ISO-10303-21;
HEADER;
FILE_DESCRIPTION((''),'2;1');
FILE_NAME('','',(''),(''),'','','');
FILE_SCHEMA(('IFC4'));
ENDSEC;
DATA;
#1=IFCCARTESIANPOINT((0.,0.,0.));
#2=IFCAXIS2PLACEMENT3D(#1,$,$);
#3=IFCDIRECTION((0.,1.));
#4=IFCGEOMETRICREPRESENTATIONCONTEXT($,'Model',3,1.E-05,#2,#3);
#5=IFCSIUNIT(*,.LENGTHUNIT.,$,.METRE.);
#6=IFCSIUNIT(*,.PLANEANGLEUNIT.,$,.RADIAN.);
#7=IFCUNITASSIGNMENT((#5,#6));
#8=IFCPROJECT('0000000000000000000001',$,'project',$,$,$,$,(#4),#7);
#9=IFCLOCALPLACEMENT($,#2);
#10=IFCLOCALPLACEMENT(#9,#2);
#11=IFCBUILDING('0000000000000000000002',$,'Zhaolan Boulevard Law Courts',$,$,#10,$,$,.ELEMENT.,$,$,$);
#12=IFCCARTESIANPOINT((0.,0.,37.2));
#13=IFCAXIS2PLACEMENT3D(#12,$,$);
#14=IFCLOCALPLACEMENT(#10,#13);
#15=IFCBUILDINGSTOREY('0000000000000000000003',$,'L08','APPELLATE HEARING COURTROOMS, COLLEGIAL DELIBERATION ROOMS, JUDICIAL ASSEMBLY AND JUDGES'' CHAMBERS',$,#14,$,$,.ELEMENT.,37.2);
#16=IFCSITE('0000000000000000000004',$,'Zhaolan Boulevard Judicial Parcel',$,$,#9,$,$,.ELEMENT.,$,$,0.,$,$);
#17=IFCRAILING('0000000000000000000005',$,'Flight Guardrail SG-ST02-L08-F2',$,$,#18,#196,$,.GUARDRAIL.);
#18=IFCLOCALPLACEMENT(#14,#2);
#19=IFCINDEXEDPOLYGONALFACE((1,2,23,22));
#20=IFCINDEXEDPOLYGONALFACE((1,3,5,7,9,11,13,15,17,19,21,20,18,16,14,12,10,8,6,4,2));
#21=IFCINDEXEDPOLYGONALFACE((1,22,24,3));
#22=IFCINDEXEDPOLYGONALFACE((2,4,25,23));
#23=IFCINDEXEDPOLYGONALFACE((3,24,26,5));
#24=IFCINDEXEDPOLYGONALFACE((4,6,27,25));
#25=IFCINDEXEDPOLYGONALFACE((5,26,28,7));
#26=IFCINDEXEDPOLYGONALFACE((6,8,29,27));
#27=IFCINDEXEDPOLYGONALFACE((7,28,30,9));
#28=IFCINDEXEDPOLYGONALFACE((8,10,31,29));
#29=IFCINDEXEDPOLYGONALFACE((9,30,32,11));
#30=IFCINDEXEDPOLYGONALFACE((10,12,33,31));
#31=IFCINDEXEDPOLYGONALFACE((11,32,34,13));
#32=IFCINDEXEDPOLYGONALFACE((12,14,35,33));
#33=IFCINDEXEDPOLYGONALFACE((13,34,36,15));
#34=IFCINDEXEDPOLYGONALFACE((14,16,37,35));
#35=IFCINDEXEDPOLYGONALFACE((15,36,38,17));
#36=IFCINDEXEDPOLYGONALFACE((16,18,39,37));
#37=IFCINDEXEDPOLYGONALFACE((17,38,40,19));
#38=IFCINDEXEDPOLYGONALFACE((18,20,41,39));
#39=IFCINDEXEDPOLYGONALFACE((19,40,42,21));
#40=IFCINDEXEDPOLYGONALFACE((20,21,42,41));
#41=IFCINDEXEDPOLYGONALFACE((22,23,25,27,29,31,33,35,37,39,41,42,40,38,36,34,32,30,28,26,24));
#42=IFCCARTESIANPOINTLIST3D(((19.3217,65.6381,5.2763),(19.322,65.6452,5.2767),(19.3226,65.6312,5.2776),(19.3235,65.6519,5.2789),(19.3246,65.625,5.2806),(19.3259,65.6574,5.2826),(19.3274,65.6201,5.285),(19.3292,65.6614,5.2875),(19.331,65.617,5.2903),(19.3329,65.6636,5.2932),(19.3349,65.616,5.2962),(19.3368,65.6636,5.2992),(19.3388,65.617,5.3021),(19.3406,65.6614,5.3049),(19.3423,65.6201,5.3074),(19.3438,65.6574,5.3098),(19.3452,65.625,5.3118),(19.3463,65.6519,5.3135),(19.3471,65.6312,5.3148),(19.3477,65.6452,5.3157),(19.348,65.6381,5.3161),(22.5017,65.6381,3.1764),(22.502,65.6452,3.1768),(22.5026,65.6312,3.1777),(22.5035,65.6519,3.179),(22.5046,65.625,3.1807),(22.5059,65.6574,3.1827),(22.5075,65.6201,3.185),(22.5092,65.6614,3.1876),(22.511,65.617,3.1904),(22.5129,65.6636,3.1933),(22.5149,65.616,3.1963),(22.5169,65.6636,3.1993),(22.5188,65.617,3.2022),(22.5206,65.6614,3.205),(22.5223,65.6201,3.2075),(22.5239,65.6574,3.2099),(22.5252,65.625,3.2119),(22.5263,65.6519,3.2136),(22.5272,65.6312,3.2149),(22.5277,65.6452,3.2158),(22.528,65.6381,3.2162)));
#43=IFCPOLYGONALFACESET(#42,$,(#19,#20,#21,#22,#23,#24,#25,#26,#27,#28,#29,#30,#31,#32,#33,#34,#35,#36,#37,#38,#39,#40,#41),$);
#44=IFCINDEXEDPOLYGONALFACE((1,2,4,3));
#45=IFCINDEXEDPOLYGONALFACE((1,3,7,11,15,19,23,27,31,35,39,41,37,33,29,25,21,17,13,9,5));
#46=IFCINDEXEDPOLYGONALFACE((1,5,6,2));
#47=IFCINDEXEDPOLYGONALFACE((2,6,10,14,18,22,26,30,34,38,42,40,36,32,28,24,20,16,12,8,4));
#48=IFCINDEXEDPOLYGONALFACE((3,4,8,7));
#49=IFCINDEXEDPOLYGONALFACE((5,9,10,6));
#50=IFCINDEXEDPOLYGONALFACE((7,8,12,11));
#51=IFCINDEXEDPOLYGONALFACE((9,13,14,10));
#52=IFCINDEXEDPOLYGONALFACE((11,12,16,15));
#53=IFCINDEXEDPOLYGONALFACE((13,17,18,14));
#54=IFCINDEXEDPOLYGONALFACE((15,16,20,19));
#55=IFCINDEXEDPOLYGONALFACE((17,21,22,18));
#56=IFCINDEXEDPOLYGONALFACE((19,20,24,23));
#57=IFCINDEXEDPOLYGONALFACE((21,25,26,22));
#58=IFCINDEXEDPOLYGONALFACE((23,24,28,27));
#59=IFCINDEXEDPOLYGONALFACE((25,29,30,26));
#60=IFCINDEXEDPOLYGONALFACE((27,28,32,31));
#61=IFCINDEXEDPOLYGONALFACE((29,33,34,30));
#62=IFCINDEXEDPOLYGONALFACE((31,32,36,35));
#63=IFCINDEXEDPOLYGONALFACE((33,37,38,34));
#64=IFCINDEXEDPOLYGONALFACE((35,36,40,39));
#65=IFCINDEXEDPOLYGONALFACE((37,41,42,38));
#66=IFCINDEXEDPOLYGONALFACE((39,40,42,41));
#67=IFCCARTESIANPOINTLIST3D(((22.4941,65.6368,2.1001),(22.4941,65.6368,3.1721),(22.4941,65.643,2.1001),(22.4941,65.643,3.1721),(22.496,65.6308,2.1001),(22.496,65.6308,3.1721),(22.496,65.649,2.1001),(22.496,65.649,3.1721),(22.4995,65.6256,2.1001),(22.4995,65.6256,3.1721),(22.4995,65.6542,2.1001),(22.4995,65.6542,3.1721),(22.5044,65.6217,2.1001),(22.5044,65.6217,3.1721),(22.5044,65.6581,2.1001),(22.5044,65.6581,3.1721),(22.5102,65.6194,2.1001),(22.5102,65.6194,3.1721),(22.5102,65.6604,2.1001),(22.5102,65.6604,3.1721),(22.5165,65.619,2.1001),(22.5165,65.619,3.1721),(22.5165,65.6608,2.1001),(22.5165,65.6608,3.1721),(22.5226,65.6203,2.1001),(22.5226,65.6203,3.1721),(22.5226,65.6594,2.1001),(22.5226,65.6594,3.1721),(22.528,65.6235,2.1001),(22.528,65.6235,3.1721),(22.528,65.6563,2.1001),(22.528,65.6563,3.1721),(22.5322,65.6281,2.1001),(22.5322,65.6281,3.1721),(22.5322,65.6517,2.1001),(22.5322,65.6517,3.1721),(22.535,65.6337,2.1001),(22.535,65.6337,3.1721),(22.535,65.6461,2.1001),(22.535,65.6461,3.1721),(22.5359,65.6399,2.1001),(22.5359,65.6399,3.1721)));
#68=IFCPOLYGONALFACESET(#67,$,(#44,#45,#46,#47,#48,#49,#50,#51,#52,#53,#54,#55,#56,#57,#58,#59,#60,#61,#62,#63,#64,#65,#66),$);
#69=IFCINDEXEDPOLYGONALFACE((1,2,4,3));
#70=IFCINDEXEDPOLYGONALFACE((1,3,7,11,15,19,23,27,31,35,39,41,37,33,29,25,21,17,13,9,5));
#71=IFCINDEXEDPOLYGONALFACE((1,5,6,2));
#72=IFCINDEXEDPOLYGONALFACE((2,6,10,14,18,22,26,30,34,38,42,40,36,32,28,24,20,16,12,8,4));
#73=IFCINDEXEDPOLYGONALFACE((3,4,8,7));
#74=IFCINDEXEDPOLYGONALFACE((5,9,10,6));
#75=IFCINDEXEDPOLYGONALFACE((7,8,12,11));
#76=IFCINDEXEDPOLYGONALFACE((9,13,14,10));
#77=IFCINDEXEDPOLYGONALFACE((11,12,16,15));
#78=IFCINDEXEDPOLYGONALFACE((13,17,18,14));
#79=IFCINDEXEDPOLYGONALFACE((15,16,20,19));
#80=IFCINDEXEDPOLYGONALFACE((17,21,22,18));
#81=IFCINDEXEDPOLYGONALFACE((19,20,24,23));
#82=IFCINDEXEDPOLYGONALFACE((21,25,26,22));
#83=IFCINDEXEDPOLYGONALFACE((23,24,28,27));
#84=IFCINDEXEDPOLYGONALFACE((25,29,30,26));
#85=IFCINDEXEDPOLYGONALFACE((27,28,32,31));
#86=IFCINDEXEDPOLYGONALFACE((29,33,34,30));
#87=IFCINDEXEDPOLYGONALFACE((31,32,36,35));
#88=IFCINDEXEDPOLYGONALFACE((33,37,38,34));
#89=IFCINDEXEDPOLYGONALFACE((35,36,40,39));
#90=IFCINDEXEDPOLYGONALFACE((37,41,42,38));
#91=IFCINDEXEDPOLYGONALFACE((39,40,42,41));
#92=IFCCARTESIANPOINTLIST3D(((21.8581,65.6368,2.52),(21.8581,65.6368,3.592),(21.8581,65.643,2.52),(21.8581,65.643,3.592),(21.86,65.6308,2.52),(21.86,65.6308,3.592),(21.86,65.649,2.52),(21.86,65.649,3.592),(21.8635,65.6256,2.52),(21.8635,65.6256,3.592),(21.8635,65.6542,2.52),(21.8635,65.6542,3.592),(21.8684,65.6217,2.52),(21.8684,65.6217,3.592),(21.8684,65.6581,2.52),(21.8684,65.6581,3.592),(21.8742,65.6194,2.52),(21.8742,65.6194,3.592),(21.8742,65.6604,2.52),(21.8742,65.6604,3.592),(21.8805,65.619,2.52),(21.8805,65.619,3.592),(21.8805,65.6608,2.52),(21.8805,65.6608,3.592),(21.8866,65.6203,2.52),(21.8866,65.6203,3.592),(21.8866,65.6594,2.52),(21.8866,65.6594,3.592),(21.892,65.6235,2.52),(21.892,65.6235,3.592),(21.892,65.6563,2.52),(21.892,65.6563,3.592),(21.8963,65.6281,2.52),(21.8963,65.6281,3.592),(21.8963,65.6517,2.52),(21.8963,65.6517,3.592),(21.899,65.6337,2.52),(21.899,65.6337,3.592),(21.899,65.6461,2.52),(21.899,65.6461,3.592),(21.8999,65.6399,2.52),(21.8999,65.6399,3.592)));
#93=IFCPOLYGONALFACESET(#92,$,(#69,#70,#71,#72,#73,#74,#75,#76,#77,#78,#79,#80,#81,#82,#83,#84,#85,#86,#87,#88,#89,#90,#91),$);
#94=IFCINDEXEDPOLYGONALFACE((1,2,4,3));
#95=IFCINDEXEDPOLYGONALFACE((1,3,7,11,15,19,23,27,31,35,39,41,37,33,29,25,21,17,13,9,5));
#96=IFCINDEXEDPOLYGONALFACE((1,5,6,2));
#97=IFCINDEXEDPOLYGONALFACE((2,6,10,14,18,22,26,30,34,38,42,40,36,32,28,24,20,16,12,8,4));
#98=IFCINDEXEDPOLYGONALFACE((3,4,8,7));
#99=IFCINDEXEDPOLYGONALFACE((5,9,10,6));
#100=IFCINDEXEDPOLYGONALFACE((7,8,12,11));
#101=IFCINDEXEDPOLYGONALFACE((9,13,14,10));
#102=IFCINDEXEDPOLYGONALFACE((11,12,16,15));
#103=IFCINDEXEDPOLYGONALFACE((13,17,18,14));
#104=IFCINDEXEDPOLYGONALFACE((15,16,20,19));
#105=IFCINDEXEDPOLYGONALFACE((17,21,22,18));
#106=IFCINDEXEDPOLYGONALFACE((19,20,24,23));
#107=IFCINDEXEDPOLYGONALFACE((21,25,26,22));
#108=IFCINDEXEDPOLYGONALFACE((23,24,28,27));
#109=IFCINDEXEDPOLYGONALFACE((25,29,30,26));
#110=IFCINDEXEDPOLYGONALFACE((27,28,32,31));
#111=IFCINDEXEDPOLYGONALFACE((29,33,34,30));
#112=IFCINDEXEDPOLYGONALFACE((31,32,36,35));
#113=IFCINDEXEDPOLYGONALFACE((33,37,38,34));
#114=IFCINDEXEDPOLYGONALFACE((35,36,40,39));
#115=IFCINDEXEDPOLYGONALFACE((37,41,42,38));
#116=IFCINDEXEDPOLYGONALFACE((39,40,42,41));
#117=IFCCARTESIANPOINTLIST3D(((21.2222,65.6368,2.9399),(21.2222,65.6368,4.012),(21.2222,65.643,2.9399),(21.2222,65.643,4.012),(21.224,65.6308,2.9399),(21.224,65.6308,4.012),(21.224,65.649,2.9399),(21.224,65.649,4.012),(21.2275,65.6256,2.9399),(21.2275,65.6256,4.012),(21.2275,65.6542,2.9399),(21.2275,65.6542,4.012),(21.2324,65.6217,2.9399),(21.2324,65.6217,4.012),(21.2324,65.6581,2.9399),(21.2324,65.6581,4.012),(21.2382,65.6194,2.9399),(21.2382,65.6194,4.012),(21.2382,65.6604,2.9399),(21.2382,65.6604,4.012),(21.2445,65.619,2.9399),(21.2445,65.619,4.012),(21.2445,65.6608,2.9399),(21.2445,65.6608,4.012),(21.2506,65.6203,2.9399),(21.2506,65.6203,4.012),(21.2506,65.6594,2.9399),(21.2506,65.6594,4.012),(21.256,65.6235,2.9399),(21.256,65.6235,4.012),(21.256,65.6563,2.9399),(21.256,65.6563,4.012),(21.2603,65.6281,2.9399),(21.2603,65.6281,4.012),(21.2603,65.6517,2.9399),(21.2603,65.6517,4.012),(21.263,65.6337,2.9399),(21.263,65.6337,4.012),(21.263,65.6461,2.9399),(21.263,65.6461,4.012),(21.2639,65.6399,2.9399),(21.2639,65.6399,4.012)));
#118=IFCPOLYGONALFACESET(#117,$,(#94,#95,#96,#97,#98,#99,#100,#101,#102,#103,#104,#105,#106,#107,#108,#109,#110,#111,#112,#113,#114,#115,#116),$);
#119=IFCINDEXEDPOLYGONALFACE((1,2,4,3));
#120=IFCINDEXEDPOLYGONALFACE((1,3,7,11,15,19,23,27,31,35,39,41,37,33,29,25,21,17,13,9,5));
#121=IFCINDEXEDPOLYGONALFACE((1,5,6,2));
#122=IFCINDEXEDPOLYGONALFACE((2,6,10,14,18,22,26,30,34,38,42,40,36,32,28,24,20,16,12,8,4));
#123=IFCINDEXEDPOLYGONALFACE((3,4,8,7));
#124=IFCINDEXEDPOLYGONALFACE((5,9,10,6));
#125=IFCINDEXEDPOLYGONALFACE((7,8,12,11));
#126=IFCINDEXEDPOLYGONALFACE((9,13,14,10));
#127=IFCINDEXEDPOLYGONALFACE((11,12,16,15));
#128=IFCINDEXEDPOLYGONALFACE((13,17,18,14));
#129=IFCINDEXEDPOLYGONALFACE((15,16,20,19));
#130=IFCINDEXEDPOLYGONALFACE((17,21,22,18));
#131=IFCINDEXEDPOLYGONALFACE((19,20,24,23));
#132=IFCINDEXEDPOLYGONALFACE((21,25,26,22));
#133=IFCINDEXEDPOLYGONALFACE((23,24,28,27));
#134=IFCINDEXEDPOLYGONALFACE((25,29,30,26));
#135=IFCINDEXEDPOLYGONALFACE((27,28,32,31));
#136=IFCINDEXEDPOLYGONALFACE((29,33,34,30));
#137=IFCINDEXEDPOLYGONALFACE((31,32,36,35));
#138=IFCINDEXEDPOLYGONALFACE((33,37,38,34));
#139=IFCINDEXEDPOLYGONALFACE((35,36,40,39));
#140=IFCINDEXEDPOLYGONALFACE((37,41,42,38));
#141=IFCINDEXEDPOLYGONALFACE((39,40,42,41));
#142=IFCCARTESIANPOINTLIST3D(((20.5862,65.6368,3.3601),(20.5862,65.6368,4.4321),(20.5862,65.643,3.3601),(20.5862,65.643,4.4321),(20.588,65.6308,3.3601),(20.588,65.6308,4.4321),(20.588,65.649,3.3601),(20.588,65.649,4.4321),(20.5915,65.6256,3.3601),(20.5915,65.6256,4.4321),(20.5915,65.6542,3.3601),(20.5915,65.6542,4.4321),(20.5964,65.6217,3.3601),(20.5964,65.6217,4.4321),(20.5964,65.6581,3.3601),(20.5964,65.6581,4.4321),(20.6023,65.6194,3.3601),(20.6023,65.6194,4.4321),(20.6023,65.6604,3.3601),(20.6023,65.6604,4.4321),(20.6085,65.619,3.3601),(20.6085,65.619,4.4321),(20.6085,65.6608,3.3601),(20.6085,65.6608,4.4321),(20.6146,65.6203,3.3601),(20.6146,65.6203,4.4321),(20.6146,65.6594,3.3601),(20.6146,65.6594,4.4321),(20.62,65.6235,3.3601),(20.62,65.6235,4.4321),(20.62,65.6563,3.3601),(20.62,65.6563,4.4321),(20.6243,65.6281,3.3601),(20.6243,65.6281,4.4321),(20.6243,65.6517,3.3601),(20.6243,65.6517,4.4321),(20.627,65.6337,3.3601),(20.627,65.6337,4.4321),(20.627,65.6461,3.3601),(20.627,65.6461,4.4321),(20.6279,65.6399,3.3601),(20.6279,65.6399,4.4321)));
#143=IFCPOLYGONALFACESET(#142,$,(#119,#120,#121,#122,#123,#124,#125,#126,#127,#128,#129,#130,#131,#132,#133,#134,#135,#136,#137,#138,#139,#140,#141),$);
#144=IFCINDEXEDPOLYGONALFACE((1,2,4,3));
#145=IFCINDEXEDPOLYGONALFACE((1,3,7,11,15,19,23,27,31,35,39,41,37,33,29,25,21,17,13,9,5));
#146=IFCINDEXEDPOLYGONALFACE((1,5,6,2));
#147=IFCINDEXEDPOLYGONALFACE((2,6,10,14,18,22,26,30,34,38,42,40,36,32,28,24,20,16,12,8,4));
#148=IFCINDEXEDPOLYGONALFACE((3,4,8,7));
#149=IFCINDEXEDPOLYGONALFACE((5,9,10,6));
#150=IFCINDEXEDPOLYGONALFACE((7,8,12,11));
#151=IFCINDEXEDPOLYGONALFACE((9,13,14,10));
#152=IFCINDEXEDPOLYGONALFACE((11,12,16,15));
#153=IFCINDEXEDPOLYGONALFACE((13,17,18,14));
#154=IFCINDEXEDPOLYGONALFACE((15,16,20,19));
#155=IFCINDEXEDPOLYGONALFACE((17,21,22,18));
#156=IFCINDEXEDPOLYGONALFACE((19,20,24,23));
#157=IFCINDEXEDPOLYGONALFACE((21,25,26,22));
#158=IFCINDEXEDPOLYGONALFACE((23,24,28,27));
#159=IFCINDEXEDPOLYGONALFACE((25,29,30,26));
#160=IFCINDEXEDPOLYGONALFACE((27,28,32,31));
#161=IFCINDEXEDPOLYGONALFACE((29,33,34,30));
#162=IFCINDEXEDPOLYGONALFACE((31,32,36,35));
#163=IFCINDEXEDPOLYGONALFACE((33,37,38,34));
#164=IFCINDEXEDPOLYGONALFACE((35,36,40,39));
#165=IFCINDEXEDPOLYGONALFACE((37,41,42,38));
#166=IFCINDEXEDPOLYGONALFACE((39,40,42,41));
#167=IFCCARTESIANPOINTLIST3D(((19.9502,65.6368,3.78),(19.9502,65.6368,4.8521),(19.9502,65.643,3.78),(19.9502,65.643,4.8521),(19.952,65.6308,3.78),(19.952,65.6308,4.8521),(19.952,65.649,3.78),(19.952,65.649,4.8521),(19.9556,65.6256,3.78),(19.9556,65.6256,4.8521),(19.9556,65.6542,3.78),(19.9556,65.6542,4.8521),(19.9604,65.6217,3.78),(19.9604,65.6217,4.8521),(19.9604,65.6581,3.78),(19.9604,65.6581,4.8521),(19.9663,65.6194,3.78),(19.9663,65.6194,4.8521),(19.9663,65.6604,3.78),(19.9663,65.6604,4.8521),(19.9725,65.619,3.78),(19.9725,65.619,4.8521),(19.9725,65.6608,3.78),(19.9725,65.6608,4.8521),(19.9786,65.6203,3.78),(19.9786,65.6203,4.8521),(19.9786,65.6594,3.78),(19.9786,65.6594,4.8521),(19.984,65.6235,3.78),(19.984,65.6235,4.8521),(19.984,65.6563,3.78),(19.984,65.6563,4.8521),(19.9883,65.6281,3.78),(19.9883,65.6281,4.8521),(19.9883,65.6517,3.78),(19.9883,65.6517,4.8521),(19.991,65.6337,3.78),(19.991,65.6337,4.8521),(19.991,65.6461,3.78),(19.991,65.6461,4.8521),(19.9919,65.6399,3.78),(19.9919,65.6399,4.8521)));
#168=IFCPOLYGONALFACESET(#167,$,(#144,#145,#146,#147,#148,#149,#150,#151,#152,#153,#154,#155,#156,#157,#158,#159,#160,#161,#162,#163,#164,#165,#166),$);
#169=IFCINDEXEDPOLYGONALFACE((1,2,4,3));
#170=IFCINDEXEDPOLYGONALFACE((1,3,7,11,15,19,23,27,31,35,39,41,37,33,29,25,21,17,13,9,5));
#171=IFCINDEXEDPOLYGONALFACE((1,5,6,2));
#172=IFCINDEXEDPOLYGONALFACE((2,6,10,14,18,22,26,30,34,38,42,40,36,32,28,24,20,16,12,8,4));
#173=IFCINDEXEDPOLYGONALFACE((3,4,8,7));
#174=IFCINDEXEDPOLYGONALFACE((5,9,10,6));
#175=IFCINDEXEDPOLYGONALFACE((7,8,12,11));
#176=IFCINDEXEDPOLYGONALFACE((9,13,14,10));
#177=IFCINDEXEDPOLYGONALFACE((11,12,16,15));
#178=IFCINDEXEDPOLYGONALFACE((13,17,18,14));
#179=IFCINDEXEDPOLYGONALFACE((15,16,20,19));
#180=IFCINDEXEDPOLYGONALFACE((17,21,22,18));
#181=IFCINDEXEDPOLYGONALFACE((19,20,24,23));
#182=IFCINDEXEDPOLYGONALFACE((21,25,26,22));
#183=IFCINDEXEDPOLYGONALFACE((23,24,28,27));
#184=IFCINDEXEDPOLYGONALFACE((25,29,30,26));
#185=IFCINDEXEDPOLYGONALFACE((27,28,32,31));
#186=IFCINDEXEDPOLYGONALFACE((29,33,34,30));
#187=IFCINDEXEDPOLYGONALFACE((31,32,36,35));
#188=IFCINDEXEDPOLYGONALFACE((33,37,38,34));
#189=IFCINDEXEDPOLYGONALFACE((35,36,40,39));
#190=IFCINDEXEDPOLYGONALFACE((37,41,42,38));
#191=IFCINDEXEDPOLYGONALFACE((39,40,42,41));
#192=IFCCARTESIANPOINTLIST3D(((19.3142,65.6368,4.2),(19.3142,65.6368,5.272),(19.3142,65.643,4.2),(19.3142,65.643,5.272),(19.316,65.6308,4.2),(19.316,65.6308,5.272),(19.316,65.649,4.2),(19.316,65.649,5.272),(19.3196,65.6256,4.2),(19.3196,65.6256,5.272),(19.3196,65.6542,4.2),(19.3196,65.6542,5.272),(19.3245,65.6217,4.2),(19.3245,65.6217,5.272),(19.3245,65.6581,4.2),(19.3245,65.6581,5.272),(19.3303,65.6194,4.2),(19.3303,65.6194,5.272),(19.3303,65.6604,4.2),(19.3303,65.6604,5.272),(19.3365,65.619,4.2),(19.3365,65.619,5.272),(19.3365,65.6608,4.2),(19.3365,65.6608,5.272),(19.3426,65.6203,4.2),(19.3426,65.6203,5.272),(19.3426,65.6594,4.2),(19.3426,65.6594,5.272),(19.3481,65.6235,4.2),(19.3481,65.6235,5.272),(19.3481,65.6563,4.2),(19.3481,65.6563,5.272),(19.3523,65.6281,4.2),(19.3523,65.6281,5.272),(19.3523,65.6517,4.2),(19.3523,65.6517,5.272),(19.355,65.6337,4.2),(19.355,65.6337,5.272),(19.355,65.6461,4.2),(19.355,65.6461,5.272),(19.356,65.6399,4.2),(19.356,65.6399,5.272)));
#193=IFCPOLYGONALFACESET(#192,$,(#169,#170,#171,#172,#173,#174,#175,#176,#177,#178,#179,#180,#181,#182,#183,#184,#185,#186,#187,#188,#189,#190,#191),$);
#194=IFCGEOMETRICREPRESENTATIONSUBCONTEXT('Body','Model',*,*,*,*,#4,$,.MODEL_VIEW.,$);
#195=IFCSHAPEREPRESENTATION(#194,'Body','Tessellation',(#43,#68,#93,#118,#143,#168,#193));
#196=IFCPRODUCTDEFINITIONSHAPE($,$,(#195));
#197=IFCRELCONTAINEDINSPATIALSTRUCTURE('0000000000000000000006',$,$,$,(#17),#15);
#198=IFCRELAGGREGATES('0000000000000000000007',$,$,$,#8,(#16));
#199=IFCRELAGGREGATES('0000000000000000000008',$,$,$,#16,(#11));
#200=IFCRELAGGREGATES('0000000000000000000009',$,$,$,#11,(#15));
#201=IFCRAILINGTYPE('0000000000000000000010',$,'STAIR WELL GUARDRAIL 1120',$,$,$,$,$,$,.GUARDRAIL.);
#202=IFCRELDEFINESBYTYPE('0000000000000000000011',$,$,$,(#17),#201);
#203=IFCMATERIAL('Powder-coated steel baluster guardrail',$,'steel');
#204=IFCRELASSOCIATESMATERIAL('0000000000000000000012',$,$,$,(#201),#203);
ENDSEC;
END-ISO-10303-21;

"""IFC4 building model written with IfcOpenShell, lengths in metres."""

from ifc_helpers import new_model, si_unit, direction, frame, origin, origin_2d, place, context, subcontext, project, spatial, circle, extrude, material, type_object, element, save


model = new_model("IFC4")

# Units and contexts
model_context = context("Model", 3, precision=1e-05, world=origin(), true_north=direction((0.0, 1.0)))
body_context = subcontext(model_context, "Body", "Model", "MODEL_VIEW")
ifc_project = project(units=[si_unit("LENGTHUNIT", "METRE"), si_unit("PLANEANGLEUNIT", "RADIAN")], contexts=[model_context])

# Site, building, storey
site_placement = place(None, origin())
site = spatial("IfcSite", under=ifc_project, at=site_placement, Name="Zhaolan Boulevard Judicial Parcel", CompositionType="ELEMENT", RefElevation=0.0)
building_placement = place(site_placement, origin())
building = spatial("IfcBuilding", under=site, at=building_placement, Name="Zhaolan Boulevard Law Courts", CompositionType="ELEMENT")
storey_placement = place(building_placement, frame((0.0, 0.0, 37.2)))
storey = spatial("IfcBuildingStorey", under=building, at=storey_placement, Name="L08", Description="APPELLATE HEARING COURTROOMS, COLLEGIAL DELIBERATION ROOMS, JUDICIAL ASSEMBLY AND JUDGES' CHAMBERS", CompositionType="ELEMENT", Elevation=37.2)

# Railing
ifc_material_1 = material(Name="Powder-coated steel baluster guardrail", Category="steel")
railing_type_1 = type_object("IfcRailingType", Name="STAIR WELL GUARDRAIL 1120", PredefinedType="GUARDRAIL", material=ifc_material_1)
railing_1_placement = place(storey_placement, frame((22.5149, 65.6399, 2.1001)))
element("IfcRailing", 1, at=railing_1_placement, inside=storey, type_object=railing_type_1, Name="Flight Guardrail SG-ST02-L08-F2", PredefinedType="GUARDRAIL", context=body_context, shape_type="SweptSolid", body=[
    extrude(circle(Radius=0.0239, at=origin_2d()), frame((0.0, 0.0, 1.0962), z_axis=(-0.834477, 0.0, 0.551043), x_axis=(0.0, -1.0, 0.0)), (0.0, 0.0, 1.0), 3.8108),
    extrude(circle(Radius=0.021, at=origin_2d()), origin(), (0.0, 0.0, 1.0), 1.072),
    extrude(circle(Radius=0.021, at=origin_2d()), frame((-0.636, 0.0, 0.4199)), (0.0, 0.0, 1.0), 1.072),
    extrude(circle(Radius=0.021, at=origin_2d()), frame((-1.272, 0.0, 0.8398)), (0.0, 0.0, 1.0), 1.072),
    extrude(circle(Radius=0.021, at=origin_2d()), frame((-1.908, 0.0, 1.26)), (0.0, 0.0, 1.0), 1.072),
    extrude(circle(Radius=0.021, at=origin_2d()), frame((-2.5439, 0.0, 1.6799)), (0.0, 0.0, 1.0), 1.072),
    extrude(circle(Radius=0.021, at=origin_2d()), frame((-3.1799, 0.0, 2.0999)), (0.0, 0.0, 1.0), 1.072),
])

save(model, "model.ifc")
